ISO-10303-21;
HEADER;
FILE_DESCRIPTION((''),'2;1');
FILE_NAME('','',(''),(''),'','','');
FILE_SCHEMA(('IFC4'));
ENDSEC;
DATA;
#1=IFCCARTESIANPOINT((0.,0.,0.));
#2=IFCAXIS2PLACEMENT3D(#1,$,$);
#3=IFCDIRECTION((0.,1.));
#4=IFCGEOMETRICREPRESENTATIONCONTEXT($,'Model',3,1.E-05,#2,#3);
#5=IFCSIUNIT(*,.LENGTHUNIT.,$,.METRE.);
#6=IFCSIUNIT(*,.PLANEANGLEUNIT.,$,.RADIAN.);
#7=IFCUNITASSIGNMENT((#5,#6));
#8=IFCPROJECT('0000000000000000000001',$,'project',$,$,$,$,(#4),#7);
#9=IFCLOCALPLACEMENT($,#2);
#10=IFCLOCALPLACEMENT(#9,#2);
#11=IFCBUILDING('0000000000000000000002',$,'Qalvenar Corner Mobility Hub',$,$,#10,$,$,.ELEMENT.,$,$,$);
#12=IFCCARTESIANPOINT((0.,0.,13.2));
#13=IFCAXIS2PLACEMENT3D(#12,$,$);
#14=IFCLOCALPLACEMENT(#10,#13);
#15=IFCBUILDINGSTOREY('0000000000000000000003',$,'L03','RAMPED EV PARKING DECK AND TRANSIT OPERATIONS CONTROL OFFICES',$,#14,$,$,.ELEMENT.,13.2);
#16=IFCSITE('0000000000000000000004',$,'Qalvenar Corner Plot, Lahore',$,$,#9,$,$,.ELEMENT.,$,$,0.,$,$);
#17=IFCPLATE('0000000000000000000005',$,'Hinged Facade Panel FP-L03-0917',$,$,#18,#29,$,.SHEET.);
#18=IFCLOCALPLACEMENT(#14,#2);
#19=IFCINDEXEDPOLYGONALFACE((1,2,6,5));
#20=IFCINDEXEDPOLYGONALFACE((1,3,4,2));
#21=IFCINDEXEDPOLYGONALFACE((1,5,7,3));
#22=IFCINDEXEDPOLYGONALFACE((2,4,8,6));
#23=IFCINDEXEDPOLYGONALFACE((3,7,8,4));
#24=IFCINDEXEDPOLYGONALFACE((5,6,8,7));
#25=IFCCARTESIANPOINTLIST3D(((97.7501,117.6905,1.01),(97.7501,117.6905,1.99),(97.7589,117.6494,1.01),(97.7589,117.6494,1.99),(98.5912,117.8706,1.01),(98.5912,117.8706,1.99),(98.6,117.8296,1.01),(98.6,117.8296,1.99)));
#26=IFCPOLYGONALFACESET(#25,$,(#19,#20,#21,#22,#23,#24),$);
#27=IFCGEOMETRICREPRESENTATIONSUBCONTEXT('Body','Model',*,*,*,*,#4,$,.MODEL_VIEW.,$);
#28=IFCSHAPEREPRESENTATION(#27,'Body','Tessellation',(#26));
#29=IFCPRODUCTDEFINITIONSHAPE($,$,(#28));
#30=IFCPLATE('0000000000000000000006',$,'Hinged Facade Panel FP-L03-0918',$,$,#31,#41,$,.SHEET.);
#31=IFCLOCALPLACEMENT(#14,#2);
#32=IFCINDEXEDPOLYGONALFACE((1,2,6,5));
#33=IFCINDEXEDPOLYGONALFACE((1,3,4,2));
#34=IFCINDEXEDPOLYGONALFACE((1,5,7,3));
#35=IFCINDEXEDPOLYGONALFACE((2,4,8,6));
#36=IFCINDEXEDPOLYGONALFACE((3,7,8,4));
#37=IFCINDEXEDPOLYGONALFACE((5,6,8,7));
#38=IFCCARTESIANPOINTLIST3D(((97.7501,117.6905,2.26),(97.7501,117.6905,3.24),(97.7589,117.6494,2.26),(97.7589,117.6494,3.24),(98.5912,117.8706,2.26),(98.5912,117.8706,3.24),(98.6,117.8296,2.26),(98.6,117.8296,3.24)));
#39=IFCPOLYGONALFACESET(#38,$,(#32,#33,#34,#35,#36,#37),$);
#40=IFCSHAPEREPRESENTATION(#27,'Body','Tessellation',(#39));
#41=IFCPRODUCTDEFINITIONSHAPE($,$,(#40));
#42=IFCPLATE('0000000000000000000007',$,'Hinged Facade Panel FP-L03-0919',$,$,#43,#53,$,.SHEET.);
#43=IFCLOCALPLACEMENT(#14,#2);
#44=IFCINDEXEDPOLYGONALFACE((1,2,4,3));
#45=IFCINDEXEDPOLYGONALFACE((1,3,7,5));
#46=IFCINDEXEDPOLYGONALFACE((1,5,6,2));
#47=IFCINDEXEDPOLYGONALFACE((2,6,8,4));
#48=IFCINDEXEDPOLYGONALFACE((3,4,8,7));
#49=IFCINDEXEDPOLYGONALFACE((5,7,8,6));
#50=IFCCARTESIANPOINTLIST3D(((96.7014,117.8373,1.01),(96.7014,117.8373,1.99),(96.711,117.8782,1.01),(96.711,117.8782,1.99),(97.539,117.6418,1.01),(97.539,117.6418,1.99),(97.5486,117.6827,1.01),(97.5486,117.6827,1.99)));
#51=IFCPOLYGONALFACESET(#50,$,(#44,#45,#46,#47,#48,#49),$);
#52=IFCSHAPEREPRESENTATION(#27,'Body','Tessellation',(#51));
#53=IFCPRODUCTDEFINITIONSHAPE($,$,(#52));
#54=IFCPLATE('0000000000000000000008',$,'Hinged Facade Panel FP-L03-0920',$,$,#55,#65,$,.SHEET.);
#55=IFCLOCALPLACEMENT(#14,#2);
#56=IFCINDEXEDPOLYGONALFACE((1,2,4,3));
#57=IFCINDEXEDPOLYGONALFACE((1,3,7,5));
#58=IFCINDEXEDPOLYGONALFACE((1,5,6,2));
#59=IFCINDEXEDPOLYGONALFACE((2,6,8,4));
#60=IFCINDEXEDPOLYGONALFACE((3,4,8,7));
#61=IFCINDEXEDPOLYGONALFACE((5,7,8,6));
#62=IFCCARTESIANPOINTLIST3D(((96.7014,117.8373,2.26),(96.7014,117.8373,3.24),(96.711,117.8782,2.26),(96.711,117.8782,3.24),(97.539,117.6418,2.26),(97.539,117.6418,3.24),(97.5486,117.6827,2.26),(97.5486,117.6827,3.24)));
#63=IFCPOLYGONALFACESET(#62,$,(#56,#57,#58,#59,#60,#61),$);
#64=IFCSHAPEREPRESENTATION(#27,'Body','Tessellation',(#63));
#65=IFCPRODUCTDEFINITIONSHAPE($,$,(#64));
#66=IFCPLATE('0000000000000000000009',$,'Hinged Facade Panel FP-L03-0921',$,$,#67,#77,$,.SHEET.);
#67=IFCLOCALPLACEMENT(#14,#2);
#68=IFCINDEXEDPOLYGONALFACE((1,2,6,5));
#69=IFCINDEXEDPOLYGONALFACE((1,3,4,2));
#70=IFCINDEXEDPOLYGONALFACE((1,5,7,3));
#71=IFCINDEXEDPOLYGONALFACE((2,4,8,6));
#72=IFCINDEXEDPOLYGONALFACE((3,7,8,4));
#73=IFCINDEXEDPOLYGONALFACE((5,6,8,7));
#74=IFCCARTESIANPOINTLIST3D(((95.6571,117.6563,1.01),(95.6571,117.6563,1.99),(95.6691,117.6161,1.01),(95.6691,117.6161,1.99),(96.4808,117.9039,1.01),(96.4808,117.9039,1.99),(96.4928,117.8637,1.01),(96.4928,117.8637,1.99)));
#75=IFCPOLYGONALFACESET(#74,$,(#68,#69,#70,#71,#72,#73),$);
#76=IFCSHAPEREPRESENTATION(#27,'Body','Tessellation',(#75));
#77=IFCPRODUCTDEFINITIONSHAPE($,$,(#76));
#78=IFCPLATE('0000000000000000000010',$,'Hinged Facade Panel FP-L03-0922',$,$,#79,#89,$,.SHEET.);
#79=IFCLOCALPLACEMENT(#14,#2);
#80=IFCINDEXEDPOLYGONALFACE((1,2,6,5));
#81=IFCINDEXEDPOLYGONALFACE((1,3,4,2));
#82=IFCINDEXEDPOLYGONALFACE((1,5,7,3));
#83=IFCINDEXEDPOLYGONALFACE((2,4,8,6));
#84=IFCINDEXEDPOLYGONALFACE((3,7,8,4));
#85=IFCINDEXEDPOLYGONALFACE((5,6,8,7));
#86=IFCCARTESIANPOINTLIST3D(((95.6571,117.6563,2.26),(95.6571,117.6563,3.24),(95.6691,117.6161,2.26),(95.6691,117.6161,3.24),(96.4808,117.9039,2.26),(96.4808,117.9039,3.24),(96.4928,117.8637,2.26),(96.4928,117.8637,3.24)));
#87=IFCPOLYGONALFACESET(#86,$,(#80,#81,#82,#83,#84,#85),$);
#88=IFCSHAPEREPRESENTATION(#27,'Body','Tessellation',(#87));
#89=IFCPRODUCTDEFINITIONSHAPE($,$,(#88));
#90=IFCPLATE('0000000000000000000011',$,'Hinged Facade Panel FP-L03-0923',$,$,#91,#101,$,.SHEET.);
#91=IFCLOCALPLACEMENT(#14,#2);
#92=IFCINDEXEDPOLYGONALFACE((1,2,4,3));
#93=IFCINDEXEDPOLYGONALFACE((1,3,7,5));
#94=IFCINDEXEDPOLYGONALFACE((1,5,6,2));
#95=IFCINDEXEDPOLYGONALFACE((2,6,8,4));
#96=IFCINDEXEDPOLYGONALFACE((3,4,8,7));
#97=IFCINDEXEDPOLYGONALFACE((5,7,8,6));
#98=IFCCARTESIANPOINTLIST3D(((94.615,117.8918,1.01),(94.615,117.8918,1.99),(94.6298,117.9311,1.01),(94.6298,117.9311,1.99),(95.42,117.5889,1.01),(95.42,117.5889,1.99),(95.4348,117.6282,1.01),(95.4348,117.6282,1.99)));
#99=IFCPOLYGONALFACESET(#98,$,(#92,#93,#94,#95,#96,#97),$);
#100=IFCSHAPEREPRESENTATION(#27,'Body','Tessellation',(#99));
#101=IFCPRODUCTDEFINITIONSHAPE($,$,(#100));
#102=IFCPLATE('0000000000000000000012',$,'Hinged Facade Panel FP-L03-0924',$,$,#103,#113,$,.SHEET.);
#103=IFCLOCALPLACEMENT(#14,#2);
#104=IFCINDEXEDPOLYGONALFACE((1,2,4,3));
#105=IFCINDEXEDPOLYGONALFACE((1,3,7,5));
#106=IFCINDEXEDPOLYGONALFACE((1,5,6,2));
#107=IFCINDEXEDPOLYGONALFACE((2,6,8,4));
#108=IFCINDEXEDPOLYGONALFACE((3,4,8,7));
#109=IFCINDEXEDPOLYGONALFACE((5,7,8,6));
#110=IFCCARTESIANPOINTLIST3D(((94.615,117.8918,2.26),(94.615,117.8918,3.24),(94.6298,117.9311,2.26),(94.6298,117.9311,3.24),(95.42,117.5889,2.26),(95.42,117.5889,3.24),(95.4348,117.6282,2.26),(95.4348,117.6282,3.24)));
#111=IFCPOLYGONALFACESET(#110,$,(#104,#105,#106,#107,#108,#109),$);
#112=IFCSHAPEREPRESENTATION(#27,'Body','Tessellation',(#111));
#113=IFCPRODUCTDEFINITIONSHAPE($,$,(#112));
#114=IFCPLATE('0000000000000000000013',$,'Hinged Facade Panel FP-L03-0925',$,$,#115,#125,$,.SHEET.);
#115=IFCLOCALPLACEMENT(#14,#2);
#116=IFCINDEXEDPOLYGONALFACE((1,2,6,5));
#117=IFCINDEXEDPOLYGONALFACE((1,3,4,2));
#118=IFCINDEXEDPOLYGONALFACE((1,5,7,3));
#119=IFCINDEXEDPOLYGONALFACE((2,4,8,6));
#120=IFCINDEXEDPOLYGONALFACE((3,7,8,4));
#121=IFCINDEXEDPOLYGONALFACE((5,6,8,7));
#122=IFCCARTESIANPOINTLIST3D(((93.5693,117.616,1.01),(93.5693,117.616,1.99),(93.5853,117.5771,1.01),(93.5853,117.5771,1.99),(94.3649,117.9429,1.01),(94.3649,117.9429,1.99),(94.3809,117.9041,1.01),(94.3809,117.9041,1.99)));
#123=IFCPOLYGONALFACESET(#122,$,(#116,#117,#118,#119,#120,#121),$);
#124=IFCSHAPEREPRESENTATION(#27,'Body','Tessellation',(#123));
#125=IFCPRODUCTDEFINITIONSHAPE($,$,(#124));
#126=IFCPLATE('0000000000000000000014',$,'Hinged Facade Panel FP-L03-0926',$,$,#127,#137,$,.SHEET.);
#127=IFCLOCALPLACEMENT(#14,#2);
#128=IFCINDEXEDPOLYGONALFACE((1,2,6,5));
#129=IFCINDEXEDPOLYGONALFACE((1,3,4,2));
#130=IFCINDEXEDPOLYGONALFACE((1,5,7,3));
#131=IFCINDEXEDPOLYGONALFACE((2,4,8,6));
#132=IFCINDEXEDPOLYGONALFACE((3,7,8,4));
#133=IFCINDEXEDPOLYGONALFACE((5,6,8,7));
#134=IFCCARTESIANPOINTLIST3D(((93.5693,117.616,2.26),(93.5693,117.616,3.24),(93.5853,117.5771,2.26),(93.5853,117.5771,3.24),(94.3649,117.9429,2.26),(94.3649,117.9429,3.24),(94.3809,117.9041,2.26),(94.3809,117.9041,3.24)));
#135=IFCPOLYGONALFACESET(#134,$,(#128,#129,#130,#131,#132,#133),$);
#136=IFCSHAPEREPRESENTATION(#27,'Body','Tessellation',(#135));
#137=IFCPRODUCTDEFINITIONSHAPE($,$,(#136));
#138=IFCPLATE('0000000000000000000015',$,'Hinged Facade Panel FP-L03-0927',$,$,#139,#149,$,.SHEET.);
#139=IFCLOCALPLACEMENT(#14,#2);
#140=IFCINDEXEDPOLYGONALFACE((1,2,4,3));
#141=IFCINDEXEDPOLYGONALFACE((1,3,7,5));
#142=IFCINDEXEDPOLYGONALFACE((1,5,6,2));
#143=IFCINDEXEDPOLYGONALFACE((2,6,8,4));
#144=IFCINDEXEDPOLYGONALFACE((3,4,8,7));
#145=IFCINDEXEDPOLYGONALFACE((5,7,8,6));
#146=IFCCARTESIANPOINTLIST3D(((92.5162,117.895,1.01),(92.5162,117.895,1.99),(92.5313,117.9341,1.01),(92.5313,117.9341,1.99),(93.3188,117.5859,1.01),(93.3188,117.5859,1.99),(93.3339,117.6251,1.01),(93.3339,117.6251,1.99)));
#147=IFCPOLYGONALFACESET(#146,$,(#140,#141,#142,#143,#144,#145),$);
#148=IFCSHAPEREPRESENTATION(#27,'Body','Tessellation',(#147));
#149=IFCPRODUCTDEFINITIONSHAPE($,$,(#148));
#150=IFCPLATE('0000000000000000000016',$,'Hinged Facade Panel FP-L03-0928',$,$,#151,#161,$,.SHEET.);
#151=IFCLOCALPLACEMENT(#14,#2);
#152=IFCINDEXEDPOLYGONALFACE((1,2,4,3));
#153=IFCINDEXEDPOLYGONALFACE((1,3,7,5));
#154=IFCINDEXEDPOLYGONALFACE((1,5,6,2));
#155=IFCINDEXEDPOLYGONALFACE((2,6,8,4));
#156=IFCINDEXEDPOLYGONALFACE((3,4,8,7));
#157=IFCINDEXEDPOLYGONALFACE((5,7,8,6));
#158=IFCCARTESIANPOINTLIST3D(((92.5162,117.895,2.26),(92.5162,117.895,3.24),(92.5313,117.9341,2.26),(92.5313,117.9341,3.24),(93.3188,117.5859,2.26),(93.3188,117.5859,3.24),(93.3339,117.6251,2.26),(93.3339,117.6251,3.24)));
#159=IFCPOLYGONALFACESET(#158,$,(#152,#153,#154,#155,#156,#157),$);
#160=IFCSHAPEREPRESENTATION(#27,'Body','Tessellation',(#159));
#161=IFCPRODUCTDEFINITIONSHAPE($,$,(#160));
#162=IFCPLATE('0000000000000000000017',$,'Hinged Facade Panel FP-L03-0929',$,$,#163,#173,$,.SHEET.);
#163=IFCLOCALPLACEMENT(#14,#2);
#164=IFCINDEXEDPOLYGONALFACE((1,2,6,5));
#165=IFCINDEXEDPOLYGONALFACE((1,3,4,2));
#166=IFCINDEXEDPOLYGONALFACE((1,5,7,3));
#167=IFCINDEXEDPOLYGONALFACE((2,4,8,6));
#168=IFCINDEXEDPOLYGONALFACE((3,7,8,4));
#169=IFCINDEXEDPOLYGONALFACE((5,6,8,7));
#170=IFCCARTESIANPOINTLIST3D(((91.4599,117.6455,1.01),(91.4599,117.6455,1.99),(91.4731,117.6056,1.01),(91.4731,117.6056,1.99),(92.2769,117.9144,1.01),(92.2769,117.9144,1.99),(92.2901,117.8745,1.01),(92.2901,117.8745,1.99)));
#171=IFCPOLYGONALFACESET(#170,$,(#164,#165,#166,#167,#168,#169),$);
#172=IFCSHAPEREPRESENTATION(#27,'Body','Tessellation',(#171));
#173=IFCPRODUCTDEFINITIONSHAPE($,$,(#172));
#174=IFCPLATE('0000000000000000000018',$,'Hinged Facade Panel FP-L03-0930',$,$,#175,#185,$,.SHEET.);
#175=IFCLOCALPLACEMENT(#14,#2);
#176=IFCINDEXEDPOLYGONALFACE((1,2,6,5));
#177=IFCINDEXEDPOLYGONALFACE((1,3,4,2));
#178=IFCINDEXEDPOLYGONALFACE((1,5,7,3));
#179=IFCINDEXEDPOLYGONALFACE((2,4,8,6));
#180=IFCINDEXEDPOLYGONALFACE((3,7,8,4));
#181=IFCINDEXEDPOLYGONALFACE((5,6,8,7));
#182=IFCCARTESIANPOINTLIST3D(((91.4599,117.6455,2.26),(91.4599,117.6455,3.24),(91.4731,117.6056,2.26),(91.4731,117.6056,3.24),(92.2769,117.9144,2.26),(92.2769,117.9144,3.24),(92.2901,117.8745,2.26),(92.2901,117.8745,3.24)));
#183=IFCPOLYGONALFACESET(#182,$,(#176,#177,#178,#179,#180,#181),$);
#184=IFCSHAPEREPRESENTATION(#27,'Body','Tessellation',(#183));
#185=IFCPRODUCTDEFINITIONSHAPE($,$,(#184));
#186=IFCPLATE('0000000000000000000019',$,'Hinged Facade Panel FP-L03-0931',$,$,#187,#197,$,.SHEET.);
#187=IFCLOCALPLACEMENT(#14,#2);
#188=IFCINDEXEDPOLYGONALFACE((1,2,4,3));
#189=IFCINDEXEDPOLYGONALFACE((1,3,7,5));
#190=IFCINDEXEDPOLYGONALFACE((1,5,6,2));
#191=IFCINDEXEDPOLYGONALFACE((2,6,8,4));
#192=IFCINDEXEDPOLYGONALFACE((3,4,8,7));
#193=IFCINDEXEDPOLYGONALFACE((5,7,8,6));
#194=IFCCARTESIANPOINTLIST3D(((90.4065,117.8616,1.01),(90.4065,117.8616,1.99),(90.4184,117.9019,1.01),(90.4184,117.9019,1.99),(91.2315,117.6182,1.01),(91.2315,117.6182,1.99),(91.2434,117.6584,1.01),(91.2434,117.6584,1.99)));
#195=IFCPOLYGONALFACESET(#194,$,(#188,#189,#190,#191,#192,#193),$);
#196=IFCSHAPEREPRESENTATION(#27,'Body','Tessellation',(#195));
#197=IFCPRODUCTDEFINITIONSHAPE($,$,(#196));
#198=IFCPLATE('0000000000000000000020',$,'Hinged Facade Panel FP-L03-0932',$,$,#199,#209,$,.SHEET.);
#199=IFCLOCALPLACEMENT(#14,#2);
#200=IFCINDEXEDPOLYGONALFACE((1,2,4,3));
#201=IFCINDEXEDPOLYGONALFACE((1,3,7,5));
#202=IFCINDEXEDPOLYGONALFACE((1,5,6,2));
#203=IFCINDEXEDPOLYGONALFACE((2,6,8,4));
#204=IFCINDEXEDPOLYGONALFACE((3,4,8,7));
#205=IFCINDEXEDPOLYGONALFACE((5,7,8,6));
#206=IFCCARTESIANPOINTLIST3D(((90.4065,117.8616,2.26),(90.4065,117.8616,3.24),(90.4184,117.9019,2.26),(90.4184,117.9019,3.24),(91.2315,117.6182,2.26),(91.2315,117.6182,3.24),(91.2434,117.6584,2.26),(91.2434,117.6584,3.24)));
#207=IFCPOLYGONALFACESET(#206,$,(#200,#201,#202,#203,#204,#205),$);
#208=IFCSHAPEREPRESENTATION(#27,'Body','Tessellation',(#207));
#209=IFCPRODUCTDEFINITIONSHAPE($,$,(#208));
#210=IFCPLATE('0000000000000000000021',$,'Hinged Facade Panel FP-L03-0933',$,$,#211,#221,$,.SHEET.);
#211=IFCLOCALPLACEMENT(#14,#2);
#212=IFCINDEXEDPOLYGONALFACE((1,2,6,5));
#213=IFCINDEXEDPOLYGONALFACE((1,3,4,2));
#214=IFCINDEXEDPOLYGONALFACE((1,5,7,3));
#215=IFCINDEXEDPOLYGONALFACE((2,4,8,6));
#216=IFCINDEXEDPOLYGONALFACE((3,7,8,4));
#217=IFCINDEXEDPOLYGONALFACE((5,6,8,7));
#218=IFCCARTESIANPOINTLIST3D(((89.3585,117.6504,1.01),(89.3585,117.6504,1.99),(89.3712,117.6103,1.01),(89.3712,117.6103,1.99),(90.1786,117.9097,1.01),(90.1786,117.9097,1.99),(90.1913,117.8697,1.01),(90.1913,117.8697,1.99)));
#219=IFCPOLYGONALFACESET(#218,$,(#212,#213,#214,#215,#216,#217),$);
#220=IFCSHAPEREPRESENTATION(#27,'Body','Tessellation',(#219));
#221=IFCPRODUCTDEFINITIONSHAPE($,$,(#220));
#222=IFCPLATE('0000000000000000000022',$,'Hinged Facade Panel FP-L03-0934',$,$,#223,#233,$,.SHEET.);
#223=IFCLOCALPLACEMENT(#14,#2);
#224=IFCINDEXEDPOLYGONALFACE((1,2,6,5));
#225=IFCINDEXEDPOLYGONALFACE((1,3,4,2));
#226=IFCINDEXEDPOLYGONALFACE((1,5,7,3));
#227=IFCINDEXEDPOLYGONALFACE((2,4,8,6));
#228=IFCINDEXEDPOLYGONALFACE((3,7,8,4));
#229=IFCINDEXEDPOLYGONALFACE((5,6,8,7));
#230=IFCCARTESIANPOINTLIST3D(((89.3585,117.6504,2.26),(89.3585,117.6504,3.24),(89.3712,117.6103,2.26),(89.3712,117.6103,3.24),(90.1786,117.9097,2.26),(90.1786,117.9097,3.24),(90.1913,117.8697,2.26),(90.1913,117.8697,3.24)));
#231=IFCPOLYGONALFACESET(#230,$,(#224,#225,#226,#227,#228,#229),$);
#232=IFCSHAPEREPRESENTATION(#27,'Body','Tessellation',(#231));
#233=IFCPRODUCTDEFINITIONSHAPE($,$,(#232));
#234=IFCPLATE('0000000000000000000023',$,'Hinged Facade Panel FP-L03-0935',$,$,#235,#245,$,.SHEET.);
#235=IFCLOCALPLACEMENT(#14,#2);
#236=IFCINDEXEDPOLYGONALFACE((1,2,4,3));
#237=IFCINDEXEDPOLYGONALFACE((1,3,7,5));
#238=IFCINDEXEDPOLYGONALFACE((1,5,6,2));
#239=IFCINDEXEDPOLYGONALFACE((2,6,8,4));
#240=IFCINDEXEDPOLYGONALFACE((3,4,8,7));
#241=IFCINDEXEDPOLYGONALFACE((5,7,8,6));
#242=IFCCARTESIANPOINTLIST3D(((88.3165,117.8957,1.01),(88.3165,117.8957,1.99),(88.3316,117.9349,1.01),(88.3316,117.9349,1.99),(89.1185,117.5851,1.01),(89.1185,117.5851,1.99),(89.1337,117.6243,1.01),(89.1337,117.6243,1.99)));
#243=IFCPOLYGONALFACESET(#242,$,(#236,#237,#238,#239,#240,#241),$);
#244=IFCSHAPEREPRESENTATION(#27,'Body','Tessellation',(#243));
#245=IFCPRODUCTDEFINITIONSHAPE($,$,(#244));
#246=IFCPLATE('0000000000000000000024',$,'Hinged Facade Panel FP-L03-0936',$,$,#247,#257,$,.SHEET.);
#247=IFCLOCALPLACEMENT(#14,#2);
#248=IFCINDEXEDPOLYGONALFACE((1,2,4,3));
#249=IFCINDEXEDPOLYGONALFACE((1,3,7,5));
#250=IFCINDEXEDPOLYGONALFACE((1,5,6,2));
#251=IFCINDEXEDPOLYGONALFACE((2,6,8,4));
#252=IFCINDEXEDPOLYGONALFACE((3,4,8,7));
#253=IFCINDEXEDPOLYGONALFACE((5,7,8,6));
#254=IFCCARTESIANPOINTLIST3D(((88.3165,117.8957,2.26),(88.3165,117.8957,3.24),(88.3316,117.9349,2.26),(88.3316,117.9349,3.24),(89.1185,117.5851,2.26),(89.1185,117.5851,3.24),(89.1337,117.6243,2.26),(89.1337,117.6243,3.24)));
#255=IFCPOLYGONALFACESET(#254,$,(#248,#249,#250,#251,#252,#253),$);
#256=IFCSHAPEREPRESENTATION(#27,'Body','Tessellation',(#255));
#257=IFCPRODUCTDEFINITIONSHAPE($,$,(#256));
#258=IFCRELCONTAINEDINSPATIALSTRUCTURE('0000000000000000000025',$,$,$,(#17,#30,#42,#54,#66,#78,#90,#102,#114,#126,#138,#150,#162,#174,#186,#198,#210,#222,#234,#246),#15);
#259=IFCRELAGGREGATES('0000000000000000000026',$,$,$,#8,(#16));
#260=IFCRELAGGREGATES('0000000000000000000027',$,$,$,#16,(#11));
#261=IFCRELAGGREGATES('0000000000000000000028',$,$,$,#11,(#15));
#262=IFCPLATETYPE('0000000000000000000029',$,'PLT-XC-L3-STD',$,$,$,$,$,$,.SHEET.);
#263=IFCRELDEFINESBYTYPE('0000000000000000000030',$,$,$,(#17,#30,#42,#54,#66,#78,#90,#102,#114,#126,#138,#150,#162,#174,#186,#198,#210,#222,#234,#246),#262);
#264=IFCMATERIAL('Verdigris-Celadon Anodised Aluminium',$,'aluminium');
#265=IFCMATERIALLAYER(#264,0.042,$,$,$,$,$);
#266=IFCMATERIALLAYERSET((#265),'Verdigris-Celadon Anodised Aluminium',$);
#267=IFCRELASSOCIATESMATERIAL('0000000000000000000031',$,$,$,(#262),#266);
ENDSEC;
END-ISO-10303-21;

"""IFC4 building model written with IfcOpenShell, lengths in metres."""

from ifc_helpers import new_model, si_unit, direction, frame, origin, origin_2d, place, context, subcontext, project, spatial, rectangle, extrude, material, layer, layer_set, type_object, element, save


model = new_model("IFC4")

# Units and contexts
model_context = context("Model", 3, precision=1e-05, world=origin(), true_north=direction((0.0, 1.0)))
body_context = subcontext(model_context, "Body", "Model", "MODEL_VIEW")
ifc_project = project(units=[si_unit("LENGTHUNIT", "METRE"), si_unit("PLANEANGLEUNIT", "RADIAN")], contexts=[model_context])

# Site, building, storey
site_placement = place(None, origin())
site = spatial("IfcSite", under=ifc_project, at=site_placement, Name="Qalvenar Corner Plot, Lahore", CompositionType="ELEMENT", RefElevation=0.0)
building_placement = place(site_placement, origin())
building = spatial("IfcBuilding", under=site, at=building_placement, Name="Qalvenar Corner Mobility Hub", CompositionType="ELEMENT")
storey_placement = place(building_placement, frame((0.0, 0.0, 13.2)))
storey = spatial("IfcBuildingStorey", under=building, at=storey_placement, Name="L03", Description="RAMPED EV PARKING DECK AND TRANSIT OPERATIONS CONTROL OFFICES", CompositionType="ELEMENT", Elevation=13.2)

# Plates
ifc_material_1 = material(Name="Verdigris-Celadon Anodised Aluminium", Category="aluminium")
ifc_layer = layer(ifc_material_1, 0.042)
ifc_layer_set = layer_set([ifc_layer], Name="Verdigris-Celadon Anodised Aluminium")
plate_type = type_object("IfcPlateType", Name="PLT-XC-L3-STD", PredefinedType="SHEET", material=ifc_layer_set)
for number, where, z_axis, x_axis, name in (
    (1, (98.175, 117.76, 1.01), (0.0, 0.0, 1.0), (-0.97782, -0.209448, 0.0), "Hinged Facade Panel FP-L03-0917"),
    (2, (98.175, 117.76, 2.26), (0.0, 0.0, 1.0), (-0.97782, -0.209448, 0.0), "Hinged Facade Panel FP-L03-0918"),
    (3, (97.125, 117.76, 1.01), (0.0, 0.0, 1.0), (-0.973817, 0.227331, 0.0), "Hinged Facade Panel FP-L03-0919"),
    (4, (97.125, 117.76, 2.26), (0.0, 0.0, 1.0), (-0.973817, 0.227331, 0.0), "Hinged Facade Panel FP-L03-0920"),
    (5, (96.075, 117.76, 1.01), (0.0, 0.0, 1.0), (-0.957672, -0.287862, 0.0), "Hinged Facade Panel FP-L03-0921"),
    (6, (96.075, 117.76, 2.26), (0.0, 0.0, 1.0), (-0.957672, -0.287862, 0.0), "Hinged Facade Panel FP-L03-0922"),
    (7, (95.0249, 117.76, 1.01), (0.0, 0.0, 1.0), (-0.935937, 0.352168, 0.0), "Hinged Facade Panel FP-L03-0923"),
    (8, (95.0249, 117.76, 2.26), (0.0, 0.0, 1.0), (-0.935937, 0.352168, 0.0), "Hinged Facade Panel FP-L03-0924"),
    (9, (93.9751, 117.76, 1.01), (0.0, 0.0, 1.0), (-0.924945, -0.380102, 0.0), "Hinged Facade Panel FP-L03-0925"),
    (10, (93.9751, 117.76, 2.26), (0.0, 0.0, 1.0), (-0.924945, -0.380102, 0.0), "Hinged Facade Panel FP-L03-0926"),
    (11, (92.925, 117.76, 1.01), (0.0, 0.0, 1.0), (-0.933205, 0.359345, 0.0), "Hinged Facade Panel FP-L03-0927"),
    (12, (92.925, 117.76, 2.26), (0.0, 0.0, 1.0), (-0.933205, 0.359345, 0.0), "Hinged Facade Panel FP-L03-0928"),
    (13, (91.875, 117.76, 1.01), (0.0, 0.0, 1.0), (-0.949863, -0.312667, 0.0), "Hinged Facade Panel FP-L03-0929"),
    (14, (91.875, 117.76, 2.26), (0.0, 0.0, 1.0), (-0.949863, -0.312667, 0.0), "Hinged Facade Panel FP-L03-0930"),
    (15, (90.825, 117.76, 1.01), (0.0, 0.0, 1.0), (-0.959117, 0.283011, 0.0), "Hinged Facade Panel FP-L03-0931"),
    (16, (90.825, 117.76, 2.26), (0.0, 0.0, 1.0), (-0.959117, 0.283011, 0.0), "Hinged Facade Panel FP-L03-0932"),
    (17, (89.7749, 117.76, 1.01), (0.0, 0.0, 1.0), (-0.953454, -0.301538, 0.0), "Hinged Facade Panel FP-L03-0933"),
    (18, (89.7749, 117.76, 2.26), (0.0, 0.0, 1.0), (-0.953454, -0.301538, 0.0), "Hinged Facade Panel FP-L03-0934"),
    (19, (88.7251, 117.76, 1.01), (0.0, 0.0, 1.0), (-0.932513, 0.361136, 0.0), "Hinged Facade Panel FP-L03-0935"),
    (20, (88.7251, 117.76, 2.26), (0.0, 0.0, 1.0), (-0.932513, 0.361136, 0.0), "Hinged Facade Panel FP-L03-0936"),
):
    element("IfcPlate", number, at=place(storey_placement, frame(where, z_axis=z_axis, x_axis=x_axis)), inside=storey, type_object=plate_type, Name=name, PredefinedType="SHEET", context=body_context, shape_type="SweptSolid", body=[
        extrude(rectangle(XDim=0.8601, YDim=0.042, at=origin_2d()), origin(), (0.0, 0.0, 1.0), 0.98),
    ])

save(model, "model.ifc")
